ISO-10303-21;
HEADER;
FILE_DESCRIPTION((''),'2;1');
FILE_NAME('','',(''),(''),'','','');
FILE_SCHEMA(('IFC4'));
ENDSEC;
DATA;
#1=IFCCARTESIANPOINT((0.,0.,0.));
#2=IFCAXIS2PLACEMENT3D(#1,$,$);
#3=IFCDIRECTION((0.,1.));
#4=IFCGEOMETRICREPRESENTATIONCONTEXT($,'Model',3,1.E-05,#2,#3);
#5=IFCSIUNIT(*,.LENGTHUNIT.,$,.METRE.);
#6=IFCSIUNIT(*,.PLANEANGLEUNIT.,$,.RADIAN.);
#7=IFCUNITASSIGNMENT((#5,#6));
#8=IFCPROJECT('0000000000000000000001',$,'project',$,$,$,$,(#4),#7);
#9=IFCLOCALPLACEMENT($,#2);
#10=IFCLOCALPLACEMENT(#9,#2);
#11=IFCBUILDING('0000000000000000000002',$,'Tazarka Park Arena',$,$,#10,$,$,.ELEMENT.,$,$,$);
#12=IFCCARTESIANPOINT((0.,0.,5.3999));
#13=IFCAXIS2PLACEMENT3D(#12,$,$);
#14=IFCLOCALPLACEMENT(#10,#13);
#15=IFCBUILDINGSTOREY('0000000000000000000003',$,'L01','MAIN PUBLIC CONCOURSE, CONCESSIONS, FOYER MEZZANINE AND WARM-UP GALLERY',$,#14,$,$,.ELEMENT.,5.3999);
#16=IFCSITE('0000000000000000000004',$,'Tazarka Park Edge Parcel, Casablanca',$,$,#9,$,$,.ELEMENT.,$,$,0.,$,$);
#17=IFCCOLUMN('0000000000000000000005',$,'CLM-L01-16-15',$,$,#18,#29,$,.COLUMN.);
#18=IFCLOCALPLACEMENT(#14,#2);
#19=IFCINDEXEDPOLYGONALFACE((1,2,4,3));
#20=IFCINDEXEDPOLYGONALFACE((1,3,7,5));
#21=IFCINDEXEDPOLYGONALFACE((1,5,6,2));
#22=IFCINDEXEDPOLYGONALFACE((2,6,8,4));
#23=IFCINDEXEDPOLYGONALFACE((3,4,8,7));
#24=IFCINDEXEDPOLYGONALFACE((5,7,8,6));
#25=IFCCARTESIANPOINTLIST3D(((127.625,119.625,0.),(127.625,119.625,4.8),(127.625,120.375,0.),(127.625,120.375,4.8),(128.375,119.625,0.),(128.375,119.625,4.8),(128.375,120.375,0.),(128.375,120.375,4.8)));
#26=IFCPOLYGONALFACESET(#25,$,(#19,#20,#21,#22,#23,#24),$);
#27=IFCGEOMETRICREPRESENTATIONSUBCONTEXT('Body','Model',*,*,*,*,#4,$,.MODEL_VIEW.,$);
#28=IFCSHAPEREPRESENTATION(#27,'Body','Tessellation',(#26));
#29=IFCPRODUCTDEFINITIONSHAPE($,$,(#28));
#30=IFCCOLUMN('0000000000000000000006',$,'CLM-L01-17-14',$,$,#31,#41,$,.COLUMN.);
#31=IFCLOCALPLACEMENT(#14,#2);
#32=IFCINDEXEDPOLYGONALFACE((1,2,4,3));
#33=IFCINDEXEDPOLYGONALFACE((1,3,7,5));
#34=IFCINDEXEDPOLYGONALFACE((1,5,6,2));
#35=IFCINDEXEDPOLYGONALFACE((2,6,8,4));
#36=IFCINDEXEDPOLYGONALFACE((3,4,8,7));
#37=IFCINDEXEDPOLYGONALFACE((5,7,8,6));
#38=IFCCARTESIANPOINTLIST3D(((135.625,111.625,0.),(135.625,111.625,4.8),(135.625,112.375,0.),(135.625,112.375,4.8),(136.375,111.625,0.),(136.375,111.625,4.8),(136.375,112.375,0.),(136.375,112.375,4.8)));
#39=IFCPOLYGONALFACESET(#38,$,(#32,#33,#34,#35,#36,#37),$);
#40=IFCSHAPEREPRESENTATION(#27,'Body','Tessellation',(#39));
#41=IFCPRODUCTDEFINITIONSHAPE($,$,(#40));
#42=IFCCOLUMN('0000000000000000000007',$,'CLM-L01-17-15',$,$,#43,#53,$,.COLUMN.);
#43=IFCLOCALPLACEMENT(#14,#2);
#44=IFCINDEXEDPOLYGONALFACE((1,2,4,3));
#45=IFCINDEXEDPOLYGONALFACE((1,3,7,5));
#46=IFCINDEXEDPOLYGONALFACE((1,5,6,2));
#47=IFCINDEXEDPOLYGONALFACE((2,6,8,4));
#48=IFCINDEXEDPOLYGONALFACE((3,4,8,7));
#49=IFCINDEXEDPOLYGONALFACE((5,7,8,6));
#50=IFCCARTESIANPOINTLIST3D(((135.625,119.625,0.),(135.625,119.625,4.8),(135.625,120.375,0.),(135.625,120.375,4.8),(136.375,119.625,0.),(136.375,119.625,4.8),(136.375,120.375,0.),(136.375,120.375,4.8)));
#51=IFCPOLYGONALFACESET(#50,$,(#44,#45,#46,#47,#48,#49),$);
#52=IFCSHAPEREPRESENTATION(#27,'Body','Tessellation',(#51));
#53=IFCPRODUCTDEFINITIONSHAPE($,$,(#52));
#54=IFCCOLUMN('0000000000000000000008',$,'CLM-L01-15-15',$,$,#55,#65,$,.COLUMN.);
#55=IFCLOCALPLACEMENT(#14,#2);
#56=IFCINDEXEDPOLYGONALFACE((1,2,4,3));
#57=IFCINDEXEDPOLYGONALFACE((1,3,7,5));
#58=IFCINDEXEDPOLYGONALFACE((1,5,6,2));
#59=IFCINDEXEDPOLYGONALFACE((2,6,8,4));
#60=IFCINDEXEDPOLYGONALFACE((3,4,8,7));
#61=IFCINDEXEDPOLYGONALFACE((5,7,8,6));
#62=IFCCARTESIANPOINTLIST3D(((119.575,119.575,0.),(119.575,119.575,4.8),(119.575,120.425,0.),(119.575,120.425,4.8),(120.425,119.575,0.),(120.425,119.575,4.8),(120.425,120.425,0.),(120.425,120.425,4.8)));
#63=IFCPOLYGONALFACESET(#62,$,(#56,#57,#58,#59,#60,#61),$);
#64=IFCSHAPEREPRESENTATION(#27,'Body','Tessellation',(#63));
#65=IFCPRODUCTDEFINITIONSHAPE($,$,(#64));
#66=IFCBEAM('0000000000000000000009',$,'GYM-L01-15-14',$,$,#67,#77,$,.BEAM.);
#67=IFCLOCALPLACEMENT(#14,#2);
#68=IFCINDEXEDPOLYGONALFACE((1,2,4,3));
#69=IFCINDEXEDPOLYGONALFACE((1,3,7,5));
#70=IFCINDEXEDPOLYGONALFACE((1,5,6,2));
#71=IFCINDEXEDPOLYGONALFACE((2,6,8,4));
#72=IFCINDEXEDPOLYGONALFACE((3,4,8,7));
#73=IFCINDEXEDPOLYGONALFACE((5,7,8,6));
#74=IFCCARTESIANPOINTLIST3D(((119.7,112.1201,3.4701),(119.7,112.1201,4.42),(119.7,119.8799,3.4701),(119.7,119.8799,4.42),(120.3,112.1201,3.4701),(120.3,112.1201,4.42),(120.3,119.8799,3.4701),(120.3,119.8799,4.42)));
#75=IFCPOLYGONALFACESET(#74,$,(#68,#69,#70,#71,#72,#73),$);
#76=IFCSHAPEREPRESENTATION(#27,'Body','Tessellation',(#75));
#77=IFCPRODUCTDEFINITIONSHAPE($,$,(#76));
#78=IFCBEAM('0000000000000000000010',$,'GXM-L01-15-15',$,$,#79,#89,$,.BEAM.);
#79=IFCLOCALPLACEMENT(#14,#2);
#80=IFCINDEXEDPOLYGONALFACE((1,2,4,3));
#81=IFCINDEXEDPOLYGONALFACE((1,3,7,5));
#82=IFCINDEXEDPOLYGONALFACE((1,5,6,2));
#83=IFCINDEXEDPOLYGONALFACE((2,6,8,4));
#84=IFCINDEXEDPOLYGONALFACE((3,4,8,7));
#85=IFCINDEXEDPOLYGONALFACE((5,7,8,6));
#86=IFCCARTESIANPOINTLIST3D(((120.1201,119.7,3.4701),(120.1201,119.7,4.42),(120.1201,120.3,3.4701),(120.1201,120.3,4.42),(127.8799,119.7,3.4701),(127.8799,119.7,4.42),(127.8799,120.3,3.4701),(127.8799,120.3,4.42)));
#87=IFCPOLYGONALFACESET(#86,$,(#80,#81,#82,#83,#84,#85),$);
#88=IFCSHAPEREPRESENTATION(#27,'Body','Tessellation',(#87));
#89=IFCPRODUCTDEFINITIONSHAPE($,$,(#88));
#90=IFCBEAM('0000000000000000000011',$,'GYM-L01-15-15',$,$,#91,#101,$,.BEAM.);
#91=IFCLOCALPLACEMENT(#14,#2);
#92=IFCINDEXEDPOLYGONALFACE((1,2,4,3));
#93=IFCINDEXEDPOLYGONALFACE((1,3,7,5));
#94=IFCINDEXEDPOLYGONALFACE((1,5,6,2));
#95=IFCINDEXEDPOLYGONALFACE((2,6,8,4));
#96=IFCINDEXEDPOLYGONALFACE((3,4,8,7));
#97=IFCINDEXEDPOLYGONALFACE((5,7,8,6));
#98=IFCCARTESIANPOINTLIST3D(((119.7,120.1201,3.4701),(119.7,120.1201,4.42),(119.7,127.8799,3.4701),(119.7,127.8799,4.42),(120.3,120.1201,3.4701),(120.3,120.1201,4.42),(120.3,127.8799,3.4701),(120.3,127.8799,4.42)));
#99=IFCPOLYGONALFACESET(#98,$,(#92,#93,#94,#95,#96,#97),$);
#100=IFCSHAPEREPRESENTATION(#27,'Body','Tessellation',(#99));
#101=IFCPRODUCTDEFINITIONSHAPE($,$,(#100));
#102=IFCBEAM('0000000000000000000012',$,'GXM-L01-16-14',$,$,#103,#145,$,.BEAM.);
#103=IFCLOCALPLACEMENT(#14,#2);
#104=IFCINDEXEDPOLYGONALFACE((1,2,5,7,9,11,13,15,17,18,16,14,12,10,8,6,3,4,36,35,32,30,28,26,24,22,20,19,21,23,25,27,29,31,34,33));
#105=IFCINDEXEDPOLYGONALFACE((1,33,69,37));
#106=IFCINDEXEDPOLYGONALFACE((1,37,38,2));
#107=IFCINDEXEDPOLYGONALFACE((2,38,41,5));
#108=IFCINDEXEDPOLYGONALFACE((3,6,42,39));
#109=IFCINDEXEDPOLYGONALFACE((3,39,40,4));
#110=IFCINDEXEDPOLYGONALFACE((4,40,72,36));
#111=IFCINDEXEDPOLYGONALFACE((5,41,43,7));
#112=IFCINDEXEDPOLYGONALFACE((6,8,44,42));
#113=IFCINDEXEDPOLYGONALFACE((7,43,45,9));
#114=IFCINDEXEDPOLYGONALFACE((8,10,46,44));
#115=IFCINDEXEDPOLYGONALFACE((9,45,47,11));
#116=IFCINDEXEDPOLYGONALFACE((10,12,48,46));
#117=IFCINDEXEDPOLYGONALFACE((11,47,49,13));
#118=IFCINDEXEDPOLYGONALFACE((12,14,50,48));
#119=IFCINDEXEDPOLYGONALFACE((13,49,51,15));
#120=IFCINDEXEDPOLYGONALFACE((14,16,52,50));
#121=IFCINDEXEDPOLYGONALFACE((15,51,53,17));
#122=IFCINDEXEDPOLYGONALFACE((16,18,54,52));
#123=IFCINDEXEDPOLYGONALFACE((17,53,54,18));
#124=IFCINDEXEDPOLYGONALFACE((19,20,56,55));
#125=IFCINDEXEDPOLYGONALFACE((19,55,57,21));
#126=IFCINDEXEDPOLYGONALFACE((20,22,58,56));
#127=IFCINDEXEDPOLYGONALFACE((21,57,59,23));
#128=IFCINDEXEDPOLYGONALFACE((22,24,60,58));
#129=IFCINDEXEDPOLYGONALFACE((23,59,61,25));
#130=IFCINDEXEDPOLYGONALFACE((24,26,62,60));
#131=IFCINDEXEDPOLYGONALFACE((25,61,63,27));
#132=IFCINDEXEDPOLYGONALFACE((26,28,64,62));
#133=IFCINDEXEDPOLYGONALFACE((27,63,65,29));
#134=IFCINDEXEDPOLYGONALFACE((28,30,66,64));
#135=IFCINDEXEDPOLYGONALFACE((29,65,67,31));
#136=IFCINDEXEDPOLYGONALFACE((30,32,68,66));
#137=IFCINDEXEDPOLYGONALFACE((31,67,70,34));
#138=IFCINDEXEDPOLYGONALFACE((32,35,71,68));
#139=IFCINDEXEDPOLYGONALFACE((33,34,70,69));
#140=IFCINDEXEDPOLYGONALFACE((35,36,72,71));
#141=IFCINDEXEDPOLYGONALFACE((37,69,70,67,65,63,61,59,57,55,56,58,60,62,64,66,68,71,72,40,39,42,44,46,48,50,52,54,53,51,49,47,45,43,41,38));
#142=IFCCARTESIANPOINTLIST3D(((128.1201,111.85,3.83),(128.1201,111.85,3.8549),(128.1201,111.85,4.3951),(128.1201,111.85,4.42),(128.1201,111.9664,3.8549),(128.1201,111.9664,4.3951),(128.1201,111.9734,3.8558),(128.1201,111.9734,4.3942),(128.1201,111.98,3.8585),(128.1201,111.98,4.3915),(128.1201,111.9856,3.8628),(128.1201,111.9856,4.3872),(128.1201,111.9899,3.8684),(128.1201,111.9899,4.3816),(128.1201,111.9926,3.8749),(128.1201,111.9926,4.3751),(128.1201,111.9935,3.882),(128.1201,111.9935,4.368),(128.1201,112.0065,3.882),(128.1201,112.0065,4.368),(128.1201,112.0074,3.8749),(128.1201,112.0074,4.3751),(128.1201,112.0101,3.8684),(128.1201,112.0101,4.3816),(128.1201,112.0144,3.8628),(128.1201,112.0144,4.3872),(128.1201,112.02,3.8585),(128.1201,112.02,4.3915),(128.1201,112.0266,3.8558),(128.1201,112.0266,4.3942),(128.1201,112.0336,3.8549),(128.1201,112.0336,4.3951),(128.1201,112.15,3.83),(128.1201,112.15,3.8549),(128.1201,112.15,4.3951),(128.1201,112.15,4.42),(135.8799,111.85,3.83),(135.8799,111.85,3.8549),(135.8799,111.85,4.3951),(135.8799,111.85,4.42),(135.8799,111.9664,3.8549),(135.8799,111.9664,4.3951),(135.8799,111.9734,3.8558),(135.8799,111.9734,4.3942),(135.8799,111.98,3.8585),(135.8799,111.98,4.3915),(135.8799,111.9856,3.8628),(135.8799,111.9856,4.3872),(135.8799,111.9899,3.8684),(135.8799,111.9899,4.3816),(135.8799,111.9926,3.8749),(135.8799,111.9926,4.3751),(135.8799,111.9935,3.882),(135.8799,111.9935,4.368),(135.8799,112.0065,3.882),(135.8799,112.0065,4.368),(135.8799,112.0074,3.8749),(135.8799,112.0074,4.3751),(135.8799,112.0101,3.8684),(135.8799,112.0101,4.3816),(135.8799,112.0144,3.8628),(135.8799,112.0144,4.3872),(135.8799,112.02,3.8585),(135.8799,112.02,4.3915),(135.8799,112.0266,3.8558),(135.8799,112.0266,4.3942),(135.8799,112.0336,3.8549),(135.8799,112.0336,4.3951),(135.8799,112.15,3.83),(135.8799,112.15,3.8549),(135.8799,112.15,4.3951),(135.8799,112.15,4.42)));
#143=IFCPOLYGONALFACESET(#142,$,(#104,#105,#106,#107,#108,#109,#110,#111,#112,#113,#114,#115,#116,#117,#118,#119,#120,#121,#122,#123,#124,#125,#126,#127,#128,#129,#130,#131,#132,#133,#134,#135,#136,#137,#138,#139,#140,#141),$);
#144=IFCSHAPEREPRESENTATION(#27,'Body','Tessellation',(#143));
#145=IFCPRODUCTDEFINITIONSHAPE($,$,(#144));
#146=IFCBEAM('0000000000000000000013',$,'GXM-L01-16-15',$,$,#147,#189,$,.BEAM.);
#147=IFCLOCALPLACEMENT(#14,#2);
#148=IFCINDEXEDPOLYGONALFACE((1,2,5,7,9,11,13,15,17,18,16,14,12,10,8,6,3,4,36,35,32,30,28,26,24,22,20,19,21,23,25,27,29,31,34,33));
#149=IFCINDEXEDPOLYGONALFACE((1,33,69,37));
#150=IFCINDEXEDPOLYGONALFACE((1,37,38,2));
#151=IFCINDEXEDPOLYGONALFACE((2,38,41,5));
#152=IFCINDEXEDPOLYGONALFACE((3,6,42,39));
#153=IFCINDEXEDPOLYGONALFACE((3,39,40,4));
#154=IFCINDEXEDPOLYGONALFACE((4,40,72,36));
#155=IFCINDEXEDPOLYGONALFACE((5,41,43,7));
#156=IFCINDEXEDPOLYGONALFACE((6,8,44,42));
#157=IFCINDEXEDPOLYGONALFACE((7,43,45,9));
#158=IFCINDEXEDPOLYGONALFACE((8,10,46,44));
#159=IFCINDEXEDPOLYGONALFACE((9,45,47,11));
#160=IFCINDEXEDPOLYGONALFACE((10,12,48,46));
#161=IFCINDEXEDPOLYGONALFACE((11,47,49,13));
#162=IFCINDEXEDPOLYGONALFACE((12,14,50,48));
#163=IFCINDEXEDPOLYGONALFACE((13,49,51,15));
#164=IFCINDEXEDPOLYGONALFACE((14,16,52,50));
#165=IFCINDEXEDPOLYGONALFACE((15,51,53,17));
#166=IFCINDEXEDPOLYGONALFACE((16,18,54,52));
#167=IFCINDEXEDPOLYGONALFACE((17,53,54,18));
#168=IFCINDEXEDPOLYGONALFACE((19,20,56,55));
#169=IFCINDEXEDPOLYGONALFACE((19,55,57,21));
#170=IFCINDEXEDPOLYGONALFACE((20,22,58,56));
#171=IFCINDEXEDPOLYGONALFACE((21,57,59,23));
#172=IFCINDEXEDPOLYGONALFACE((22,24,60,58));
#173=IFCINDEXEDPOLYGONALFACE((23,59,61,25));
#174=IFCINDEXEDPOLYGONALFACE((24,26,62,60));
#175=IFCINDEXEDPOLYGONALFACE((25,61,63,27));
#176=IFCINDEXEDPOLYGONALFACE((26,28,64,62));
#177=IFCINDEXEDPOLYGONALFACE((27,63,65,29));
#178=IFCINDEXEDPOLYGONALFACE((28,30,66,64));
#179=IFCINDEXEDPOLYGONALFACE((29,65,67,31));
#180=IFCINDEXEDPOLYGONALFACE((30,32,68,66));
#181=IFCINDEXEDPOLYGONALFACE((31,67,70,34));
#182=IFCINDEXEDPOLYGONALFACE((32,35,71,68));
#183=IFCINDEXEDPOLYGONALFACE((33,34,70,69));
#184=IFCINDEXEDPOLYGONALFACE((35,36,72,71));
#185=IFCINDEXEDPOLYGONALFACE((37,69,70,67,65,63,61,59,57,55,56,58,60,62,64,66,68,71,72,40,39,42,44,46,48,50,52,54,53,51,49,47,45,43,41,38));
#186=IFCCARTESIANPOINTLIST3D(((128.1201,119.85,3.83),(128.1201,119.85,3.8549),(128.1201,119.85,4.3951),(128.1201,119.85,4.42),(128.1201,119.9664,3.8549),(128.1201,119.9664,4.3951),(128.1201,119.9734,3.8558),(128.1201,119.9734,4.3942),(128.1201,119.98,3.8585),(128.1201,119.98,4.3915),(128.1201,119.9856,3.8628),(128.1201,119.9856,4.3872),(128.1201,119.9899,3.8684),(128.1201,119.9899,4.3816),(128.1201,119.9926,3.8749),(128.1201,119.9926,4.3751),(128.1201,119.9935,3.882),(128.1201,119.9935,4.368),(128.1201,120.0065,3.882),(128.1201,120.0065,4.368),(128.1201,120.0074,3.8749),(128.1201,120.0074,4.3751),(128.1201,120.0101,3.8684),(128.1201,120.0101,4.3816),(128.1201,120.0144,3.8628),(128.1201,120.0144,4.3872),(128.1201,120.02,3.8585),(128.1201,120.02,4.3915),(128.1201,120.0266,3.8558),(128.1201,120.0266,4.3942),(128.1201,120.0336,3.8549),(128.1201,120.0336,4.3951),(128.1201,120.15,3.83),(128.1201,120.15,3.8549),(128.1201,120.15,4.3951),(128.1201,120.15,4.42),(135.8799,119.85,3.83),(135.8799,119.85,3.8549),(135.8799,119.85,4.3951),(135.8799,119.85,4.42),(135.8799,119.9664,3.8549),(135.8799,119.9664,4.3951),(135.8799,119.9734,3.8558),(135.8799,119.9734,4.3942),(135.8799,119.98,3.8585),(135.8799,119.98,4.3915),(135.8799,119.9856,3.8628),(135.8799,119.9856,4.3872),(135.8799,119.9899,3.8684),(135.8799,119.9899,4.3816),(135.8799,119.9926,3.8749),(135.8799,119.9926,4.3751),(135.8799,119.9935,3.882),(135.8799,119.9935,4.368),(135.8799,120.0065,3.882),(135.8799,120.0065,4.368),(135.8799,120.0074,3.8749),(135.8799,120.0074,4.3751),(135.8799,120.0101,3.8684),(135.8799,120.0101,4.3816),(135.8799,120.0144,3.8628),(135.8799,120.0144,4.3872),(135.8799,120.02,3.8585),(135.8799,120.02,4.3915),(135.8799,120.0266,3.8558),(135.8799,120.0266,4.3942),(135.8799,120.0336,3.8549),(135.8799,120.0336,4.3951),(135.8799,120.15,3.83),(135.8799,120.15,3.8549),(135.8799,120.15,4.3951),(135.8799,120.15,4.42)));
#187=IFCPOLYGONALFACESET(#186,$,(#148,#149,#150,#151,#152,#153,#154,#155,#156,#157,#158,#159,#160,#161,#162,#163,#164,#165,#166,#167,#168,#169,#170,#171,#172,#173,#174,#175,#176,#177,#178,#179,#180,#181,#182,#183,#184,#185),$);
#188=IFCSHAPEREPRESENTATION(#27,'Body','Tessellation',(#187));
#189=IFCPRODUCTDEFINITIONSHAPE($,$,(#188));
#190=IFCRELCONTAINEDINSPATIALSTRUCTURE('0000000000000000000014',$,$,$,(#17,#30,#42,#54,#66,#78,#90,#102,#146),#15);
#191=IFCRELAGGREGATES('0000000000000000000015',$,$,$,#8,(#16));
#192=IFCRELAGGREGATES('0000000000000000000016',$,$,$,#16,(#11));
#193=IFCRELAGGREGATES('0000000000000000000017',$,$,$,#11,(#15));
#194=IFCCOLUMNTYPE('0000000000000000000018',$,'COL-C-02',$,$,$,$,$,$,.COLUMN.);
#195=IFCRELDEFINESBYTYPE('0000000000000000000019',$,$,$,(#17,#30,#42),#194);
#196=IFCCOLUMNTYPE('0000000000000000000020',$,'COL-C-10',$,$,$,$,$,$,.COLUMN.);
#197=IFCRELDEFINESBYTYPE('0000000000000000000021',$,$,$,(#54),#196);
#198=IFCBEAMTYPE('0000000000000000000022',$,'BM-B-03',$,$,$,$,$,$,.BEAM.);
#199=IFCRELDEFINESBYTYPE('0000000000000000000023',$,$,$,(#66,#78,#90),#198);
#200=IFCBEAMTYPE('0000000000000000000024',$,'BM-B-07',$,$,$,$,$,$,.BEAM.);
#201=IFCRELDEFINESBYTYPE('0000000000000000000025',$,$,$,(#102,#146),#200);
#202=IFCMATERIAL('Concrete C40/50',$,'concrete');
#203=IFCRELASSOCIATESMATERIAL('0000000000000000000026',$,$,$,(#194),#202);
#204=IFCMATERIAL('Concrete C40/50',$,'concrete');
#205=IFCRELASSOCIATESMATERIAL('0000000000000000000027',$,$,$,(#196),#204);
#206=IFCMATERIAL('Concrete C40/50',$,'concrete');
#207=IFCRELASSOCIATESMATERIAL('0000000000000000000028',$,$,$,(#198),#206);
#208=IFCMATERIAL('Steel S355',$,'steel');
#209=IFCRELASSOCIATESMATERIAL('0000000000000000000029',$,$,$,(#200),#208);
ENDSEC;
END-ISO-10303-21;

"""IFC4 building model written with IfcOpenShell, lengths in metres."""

from ifc_helpers import new_model, si_unit, direction, frame, origin, origin_2d, place, context, subcontext, project, spatial, rectangle, i_section, extrude, material, material_profile, profile_set, type_object, element, save


model = new_model("IFC4")

# Units and contexts
model_context = context("Model", 3, precision=1e-05, world=origin(), true_north=direction((0.0, 1.0)))
body_context = subcontext(model_context, "Body", "Model", "MODEL_VIEW")
ifc_project = project(units=[si_unit("LENGTHUNIT", "METRE"), si_unit("PLANEANGLEUNIT", "RADIAN")], contexts=[model_context])

# Site, building, storey
site_placement = place(None, origin())
site = spatial("IfcSite", under=ifc_project, at=site_placement, Name="Tazarka Park Edge Parcel, Casablanca", CompositionType="ELEMENT", RefElevation=0.0)
building_placement = place(site_placement, origin())
building = spatial("IfcBuilding", under=site, at=building_placement, Name="Tazarka Park Arena", CompositionType="ELEMENT")
storey_placement = place(building_placement, frame((0.0, 0.0, 5.3999)))
storey = spatial("IfcBuildingStorey", under=building, at=storey_placement, Name="L01", Description="MAIN PUBLIC CONCOURSE, CONCESSIONS, FOYER MEZZANINE AND WARM-UP GALLERY", CompositionType="ELEMENT", Elevation=5.3999)

# Columns
ifc_material_1 = material(Name="Concrete C40/50", Category="concrete")
ifc_material_profile_1 = material_profile(ifc_material_1, rectangle(XDim=0.75, YDim=0.75, at=origin_2d()), Name="Concrete C40/50")
ifc_profile_set_1 = profile_set([ifc_material_profile_1], Name="Concrete C40/50")
column_type_1 = type_object("IfcColumnType", Name="COL-C-02", PredefinedType="COLUMN", material=ifc_profile_set_1)
for number, where, z_axis, x_axis, name in (
    (1, (128.0, 120.0, 0.0), (0.0, 0.0, 1.0), (1.0, 0.0, 0.0), "CLM-L01-16-15"),
    (2, (136.0, 112.0, 0.0), (0.0, 0.0, 1.0), (1.0, 0.0, 0.0), "CLM-L01-17-14"),
    (3, (136.0, 120.0, 0.0), (0.0, 0.0, 1.0), (1.0, 0.0, 0.0), "CLM-L01-17-15"),
):
    element("IfcColumn", number, at=place(storey_placement, frame(where, z_axis=z_axis, x_axis=x_axis)), inside=storey, type_object=column_type_1, Name=name, PredefinedType="COLUMN", context=body_context, shape_type="SweptSolid", body=[
        extrude(rectangle(XDim=0.75, YDim=0.75, at=origin_2d()), origin(), (0.0, 0.0, 1.0), 4.8),
    ])
ifc_material_2 = material(Name="Concrete C40/50", Category="concrete")
ifc_material_profile_2 = material_profile(ifc_material_2, rectangle(XDim=0.8501, YDim=0.8501, at=origin_2d()), Name="Concrete C40/50")
ifc_profile_set_2 = profile_set([ifc_material_profile_2], Name="Concrete C40/50")
column_type_2 = type_object("IfcColumnType", Name="COL-C-10", PredefinedType="COLUMN", material=ifc_profile_set_2)
column_placement = place(storey_placement, frame((120.0, 120.0, 0.0), z_axis=(0.0, 0.0, 1.0), x_axis=(1.0, 0.0, 0.0)))
element("IfcColumn", 4, at=column_placement, inside=storey, type_object=column_type_2, Name="CLM-L01-15-15", PredefinedType="COLUMN", context=body_context, shape_type="SweptSolid", body=[
    extrude(rectangle(XDim=0.8501, YDim=0.8501, at=origin_2d()), origin(), (0.0, 0.0, 1.0), 4.8),
])

# Beams
ifc_material_3 = material(Name="Concrete C40/50", Category="concrete")
ifc_material_profile_3 = material_profile(ifc_material_3, rectangle(XDim=0.6001, YDim=0.95, at=origin_2d()), Name="Concrete C40/50")
ifc_profile_set_3 = profile_set([ifc_material_profile_3], Name="Concrete C40/50")
beam_type_1 = type_object("IfcBeamType", Name="BM-B-03", PredefinedType="BEAM", material=ifc_profile_set_3)
for number, where, z_axis, x_axis, name in (
    (5, (120.0, 112.1201, 3.9451), (0.0, 1.0, 0.0), (-1.0, 0.0, 0.0), "GYM-L01-15-14"),
    (6, (120.1201, 120.0, 3.9451), (1.0, 0.0, 0.0), (0.0, 1.0, 0.0), "GXM-L01-15-15"),
    (7, (120.0, 120.1201, 3.9451), (0.0, 1.0, 0.0), (-1.0, 0.0, 0.0), "GYM-L01-15-15"),
):
    element("IfcBeam", number, at=place(storey_placement, frame(where, z_axis=z_axis, x_axis=x_axis)), inside=storey, type_object=beam_type_1, Name=name, PredefinedType="BEAM", context=body_context, shape_type="SweptSolid", body=[
        extrude(rectangle(XDim=0.6001, YDim=0.95, at=origin_2d()), origin(), (0.0, 0.0, 1.0), 7.7598),
    ])
ifc_material_4 = material(Name="Steel S355", Category="steel")
ifc_material_profile_4 = material_profile(ifc_material_4, i_section(OverallWidth=0.3, OverallDepth=0.5901, WebThickness=0.0129, FlangeThickness=0.0249, FilletRadius=0.0271, at=origin_2d()), Name="Steel S355")
ifc_profile_set_4 = profile_set([ifc_material_profile_4], Name="Steel S355")
beam_type_2 = type_object("IfcBeamType", Name="BM-B-07", PredefinedType="BEAM", material=ifc_profile_set_4)
for number, where, z_axis, x_axis, name in (
    (8, (128.1201, 112.0, 4.125), (1.0, 0.0, 0.0), (0.0, 1.0, 0.0), "GXM-L01-16-14"),
    (9, (128.1201, 120.0, 4.125), (1.0, 0.0, 0.0), (0.0, 1.0, 0.0), "GXM-L01-16-15"),
):
    element("IfcBeam", number, at=place(storey_placement, frame(where, z_axis=z_axis, x_axis=x_axis)), inside=storey, type_object=beam_type_2, Name=name, PredefinedType="BEAM", context=body_context, shape_type="SweptSolid", body=[
        extrude(i_section(OverallWidth=0.3, OverallDepth=0.5901, WebThickness=0.0129, FlangeThickness=0.0249, FilletRadius=0.0271, at=origin_2d()), origin(), (0.0, 0.0, 1.0), 7.7598),
    ])

save(model, "model.ifc")
